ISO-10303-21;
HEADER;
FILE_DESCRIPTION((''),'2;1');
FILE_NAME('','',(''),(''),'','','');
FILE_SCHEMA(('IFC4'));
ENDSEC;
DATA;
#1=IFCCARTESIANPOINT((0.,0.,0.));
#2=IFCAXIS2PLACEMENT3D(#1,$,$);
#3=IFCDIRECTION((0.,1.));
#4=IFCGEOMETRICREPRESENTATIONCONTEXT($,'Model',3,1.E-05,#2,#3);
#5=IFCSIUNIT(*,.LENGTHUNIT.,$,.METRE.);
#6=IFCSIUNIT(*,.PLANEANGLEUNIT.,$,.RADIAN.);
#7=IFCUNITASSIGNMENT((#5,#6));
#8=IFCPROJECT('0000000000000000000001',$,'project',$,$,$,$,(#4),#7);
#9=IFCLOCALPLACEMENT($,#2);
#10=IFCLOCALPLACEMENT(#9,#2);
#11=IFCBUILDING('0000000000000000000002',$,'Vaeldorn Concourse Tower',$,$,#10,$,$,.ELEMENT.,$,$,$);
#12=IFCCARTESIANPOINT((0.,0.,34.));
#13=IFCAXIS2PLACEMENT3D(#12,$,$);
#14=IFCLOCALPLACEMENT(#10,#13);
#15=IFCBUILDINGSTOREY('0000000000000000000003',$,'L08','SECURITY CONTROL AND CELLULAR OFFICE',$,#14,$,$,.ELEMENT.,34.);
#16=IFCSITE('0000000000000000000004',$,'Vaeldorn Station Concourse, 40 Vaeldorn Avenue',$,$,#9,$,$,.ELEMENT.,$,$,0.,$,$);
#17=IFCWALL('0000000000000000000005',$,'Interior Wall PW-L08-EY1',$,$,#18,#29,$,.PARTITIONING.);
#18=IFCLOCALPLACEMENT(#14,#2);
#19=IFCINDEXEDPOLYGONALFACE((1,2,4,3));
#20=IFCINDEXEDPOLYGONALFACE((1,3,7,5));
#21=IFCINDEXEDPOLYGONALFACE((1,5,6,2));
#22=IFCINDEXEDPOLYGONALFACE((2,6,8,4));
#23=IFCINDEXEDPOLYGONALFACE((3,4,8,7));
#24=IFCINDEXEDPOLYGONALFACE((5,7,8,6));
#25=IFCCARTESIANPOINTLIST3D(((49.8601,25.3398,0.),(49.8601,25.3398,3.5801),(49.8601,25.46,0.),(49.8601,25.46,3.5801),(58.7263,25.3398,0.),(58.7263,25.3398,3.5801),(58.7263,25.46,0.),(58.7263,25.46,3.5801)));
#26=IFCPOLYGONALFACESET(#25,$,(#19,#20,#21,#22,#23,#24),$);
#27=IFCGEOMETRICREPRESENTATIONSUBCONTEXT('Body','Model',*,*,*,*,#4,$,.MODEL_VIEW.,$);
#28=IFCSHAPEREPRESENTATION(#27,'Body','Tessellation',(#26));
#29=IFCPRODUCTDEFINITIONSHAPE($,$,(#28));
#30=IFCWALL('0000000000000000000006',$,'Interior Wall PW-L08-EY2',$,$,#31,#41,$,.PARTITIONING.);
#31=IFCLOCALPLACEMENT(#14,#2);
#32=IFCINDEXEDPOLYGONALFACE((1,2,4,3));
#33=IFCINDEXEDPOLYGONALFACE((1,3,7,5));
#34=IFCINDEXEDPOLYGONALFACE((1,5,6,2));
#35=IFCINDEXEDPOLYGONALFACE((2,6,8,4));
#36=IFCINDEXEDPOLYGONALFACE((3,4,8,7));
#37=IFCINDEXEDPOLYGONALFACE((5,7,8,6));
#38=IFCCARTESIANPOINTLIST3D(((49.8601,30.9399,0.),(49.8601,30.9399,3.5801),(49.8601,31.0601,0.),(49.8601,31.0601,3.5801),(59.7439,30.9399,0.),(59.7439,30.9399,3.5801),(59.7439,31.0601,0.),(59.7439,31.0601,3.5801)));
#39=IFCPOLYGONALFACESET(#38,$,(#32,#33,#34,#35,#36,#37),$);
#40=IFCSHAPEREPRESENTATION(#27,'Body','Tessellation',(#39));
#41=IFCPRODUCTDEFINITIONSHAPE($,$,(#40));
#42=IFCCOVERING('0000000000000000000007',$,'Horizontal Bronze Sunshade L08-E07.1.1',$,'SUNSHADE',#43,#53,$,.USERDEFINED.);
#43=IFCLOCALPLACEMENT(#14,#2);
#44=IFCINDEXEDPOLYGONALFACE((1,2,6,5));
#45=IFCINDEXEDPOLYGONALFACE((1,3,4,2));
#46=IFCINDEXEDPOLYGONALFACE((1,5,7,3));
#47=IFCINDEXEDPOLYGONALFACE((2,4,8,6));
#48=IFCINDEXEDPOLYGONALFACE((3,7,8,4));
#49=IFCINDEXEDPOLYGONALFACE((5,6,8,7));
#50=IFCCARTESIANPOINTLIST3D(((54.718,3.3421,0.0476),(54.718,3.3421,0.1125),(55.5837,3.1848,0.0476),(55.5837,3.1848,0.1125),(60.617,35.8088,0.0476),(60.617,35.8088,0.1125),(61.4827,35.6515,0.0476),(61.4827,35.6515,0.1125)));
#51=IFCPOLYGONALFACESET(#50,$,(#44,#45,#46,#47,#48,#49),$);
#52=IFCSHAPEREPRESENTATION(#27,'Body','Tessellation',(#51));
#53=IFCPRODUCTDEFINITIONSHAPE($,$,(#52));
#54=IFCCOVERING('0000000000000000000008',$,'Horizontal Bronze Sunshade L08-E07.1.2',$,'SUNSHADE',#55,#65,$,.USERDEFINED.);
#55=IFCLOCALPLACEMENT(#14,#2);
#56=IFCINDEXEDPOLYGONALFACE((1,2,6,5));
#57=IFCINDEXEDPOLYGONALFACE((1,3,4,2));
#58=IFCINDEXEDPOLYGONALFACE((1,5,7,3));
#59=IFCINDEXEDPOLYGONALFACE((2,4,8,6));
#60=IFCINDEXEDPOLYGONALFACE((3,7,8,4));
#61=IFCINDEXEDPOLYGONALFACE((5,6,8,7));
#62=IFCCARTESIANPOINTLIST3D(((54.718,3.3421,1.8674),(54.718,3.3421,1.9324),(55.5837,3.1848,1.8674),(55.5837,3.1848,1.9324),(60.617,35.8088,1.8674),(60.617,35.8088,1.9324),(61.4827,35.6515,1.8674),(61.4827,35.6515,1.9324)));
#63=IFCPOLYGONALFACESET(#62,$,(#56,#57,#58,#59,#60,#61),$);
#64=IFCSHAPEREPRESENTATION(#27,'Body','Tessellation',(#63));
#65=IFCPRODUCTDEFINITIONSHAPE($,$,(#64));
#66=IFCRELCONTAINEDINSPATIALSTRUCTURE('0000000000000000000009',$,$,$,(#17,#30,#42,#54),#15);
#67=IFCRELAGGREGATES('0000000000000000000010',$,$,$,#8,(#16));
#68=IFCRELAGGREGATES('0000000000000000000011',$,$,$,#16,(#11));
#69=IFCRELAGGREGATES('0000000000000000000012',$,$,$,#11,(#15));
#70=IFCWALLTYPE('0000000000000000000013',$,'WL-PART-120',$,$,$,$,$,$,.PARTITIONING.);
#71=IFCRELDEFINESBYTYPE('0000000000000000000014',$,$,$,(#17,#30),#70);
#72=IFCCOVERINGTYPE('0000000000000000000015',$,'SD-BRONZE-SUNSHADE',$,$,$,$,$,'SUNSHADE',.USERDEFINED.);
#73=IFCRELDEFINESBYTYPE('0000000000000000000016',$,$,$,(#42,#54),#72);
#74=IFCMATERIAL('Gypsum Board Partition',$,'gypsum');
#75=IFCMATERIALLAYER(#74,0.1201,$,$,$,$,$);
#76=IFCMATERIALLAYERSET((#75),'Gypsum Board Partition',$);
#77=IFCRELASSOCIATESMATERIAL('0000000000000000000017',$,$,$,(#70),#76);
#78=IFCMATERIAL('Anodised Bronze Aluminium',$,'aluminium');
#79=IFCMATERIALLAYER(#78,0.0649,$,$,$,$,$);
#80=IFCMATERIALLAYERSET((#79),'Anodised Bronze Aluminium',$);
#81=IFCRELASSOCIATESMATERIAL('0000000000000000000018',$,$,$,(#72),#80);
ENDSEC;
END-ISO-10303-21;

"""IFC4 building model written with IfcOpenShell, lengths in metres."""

from ifc_helpers import new_model, si_unit, direction, frame, frame_2d, origin, origin_2d, place, context, subcontext, project, spatial, rectangle, extrude, source, transform, mapped, material, layer, layer_set, type_object, element, save


model = new_model("IFC4")

# Units and contexts
model_context = context("Model", 3, precision=1e-05, world=origin(), true_north=direction((0.0, 1.0)))
body_context = subcontext(model_context, "Body", "Model", "MODEL_VIEW")
ifc_project = project(units=[si_unit("LENGTHUNIT", "METRE"), si_unit("PLANEANGLEUNIT", "RADIAN")], contexts=[model_context])

# Site, building, storey
site_placement = place(None, origin())
site = spatial("IfcSite", under=ifc_project, at=site_placement, Name="Vaeldorn Station Concourse, 40 Vaeldorn Avenue", CompositionType="ELEMENT", RefElevation=0.0)
building_placement = place(site_placement, origin())
building = spatial("IfcBuilding", under=site, at=building_placement, Name="Vaeldorn Concourse Tower", CompositionType="ELEMENT")
storey_placement = place(building_placement, frame((0.0, 0.0, 34.0)))
storey = spatial("IfcBuildingStorey", under=building, at=storey_placement, Name="L08", Description="SECURITY CONTROL AND CELLULAR OFFICE", CompositionType="ELEMENT", Elevation=34.0)

# Shared definitions
ifc_material_1 = material(Name="Anodised Bronze Aluminium", Category="aluminium")

# Shared definitions
ifc_material_2 = material(Name="Gypsum Board Partition", Category="gypsum")
ifc_layer_1 = layer(ifc_material_2, 0.1201)
ifc_layer_set_1 = layer_set([ifc_layer_1], Name="Gypsum Board Partition")
wall_type = type_object("IfcWallType", Name="WL-PART-120", PredefinedType="PARTITIONING", material=ifc_layer_set_1)

# Walls
wall_1_placement = place(storey_placement, frame((49.8601, 25.3999, 0.0), z_axis=(0.0, 0.0, 1.0), x_axis=(1.0, 0.0, 0.0)))
element("IfcWall", 1, at=wall_1_placement, inside=storey, type_object=wall_type, Name="Interior Wall PW-L08-EY1", PredefinedType="PARTITIONING", context=body_context, shape_type="SweptSolid", body=[
    extrude(rectangle(XDim=8.8662, YDim=0.1201, at=frame_2d((4.4331, 0.0))), origin(), (0.0, 0.0, 1.0), 3.5801),
])
wall_2_placement = place(storey_placement, frame((49.8601, 31.0, 0.0), z_axis=(0.0, 0.0, 1.0), x_axis=(1.0, 0.0, 0.0)))
element("IfcWall", 2, at=wall_2_placement, inside=storey, type_object=wall_type, Name="Interior Wall PW-L08-EY2", PredefinedType="PARTITIONING", context=body_context, shape_type="SweptSolid", body=[
    extrude(rectangle(XDim=9.8838, YDim=0.1201, at=frame_2d((4.9419, 0.0))), origin(), (0.0, 0.0, 1.0), 3.5801),
])

# Coverings
ifc_layer_2 = layer(ifc_material_1, 0.0649)
ifc_layer_set_2 = layer_set([ifc_layer_2], Name="Anodised Bronze Aluminium")
covering_type = type_object("IfcCoveringType", Name="SD-BRONZE-SUNSHADE", ElementType="SUNSHADE", PredefinedType="USERDEFINED", material=ifc_layer_set_2)
shared_shape_1 = source(origin(), body_context, "Body", "SweptSolid", [
    extrude(rectangle(XDim=32.9983, YDim=0.8799, at=origin_2d()), origin(), (0.0, 0.0, 1.0), 0.0649),
])
for number, where, z_axis, x_axis, name in (
    (3, (58.1003, 19.4968, 0.0476), (0.0, 0.0, 1.0), (0.178768, 0.983891, 0.0), "Horizontal Bronze Sunshade L08-E07.1.1"),
    (4, (58.1003, 19.4968, 1.8674), (0.0, 0.0, 1.0), (0.178768, 0.983891, 0.0), "Horizontal Bronze Sunshade L08-E07.1.2"),
):
    element("IfcCovering", number, at=place(storey_placement, frame(where, z_axis=z_axis, x_axis=x_axis)), inside=storey, type_object=covering_type, Name=name, ObjectType="SUNSHADE", PredefinedType="USERDEFINED", context=body_context, shape_type="MappedRepresentation", body=[
        mapped(shared_shape_1, transform((0.0, 0.0, 0.0), scale=1.0)),
    ])

save(model, "model.ifc")
